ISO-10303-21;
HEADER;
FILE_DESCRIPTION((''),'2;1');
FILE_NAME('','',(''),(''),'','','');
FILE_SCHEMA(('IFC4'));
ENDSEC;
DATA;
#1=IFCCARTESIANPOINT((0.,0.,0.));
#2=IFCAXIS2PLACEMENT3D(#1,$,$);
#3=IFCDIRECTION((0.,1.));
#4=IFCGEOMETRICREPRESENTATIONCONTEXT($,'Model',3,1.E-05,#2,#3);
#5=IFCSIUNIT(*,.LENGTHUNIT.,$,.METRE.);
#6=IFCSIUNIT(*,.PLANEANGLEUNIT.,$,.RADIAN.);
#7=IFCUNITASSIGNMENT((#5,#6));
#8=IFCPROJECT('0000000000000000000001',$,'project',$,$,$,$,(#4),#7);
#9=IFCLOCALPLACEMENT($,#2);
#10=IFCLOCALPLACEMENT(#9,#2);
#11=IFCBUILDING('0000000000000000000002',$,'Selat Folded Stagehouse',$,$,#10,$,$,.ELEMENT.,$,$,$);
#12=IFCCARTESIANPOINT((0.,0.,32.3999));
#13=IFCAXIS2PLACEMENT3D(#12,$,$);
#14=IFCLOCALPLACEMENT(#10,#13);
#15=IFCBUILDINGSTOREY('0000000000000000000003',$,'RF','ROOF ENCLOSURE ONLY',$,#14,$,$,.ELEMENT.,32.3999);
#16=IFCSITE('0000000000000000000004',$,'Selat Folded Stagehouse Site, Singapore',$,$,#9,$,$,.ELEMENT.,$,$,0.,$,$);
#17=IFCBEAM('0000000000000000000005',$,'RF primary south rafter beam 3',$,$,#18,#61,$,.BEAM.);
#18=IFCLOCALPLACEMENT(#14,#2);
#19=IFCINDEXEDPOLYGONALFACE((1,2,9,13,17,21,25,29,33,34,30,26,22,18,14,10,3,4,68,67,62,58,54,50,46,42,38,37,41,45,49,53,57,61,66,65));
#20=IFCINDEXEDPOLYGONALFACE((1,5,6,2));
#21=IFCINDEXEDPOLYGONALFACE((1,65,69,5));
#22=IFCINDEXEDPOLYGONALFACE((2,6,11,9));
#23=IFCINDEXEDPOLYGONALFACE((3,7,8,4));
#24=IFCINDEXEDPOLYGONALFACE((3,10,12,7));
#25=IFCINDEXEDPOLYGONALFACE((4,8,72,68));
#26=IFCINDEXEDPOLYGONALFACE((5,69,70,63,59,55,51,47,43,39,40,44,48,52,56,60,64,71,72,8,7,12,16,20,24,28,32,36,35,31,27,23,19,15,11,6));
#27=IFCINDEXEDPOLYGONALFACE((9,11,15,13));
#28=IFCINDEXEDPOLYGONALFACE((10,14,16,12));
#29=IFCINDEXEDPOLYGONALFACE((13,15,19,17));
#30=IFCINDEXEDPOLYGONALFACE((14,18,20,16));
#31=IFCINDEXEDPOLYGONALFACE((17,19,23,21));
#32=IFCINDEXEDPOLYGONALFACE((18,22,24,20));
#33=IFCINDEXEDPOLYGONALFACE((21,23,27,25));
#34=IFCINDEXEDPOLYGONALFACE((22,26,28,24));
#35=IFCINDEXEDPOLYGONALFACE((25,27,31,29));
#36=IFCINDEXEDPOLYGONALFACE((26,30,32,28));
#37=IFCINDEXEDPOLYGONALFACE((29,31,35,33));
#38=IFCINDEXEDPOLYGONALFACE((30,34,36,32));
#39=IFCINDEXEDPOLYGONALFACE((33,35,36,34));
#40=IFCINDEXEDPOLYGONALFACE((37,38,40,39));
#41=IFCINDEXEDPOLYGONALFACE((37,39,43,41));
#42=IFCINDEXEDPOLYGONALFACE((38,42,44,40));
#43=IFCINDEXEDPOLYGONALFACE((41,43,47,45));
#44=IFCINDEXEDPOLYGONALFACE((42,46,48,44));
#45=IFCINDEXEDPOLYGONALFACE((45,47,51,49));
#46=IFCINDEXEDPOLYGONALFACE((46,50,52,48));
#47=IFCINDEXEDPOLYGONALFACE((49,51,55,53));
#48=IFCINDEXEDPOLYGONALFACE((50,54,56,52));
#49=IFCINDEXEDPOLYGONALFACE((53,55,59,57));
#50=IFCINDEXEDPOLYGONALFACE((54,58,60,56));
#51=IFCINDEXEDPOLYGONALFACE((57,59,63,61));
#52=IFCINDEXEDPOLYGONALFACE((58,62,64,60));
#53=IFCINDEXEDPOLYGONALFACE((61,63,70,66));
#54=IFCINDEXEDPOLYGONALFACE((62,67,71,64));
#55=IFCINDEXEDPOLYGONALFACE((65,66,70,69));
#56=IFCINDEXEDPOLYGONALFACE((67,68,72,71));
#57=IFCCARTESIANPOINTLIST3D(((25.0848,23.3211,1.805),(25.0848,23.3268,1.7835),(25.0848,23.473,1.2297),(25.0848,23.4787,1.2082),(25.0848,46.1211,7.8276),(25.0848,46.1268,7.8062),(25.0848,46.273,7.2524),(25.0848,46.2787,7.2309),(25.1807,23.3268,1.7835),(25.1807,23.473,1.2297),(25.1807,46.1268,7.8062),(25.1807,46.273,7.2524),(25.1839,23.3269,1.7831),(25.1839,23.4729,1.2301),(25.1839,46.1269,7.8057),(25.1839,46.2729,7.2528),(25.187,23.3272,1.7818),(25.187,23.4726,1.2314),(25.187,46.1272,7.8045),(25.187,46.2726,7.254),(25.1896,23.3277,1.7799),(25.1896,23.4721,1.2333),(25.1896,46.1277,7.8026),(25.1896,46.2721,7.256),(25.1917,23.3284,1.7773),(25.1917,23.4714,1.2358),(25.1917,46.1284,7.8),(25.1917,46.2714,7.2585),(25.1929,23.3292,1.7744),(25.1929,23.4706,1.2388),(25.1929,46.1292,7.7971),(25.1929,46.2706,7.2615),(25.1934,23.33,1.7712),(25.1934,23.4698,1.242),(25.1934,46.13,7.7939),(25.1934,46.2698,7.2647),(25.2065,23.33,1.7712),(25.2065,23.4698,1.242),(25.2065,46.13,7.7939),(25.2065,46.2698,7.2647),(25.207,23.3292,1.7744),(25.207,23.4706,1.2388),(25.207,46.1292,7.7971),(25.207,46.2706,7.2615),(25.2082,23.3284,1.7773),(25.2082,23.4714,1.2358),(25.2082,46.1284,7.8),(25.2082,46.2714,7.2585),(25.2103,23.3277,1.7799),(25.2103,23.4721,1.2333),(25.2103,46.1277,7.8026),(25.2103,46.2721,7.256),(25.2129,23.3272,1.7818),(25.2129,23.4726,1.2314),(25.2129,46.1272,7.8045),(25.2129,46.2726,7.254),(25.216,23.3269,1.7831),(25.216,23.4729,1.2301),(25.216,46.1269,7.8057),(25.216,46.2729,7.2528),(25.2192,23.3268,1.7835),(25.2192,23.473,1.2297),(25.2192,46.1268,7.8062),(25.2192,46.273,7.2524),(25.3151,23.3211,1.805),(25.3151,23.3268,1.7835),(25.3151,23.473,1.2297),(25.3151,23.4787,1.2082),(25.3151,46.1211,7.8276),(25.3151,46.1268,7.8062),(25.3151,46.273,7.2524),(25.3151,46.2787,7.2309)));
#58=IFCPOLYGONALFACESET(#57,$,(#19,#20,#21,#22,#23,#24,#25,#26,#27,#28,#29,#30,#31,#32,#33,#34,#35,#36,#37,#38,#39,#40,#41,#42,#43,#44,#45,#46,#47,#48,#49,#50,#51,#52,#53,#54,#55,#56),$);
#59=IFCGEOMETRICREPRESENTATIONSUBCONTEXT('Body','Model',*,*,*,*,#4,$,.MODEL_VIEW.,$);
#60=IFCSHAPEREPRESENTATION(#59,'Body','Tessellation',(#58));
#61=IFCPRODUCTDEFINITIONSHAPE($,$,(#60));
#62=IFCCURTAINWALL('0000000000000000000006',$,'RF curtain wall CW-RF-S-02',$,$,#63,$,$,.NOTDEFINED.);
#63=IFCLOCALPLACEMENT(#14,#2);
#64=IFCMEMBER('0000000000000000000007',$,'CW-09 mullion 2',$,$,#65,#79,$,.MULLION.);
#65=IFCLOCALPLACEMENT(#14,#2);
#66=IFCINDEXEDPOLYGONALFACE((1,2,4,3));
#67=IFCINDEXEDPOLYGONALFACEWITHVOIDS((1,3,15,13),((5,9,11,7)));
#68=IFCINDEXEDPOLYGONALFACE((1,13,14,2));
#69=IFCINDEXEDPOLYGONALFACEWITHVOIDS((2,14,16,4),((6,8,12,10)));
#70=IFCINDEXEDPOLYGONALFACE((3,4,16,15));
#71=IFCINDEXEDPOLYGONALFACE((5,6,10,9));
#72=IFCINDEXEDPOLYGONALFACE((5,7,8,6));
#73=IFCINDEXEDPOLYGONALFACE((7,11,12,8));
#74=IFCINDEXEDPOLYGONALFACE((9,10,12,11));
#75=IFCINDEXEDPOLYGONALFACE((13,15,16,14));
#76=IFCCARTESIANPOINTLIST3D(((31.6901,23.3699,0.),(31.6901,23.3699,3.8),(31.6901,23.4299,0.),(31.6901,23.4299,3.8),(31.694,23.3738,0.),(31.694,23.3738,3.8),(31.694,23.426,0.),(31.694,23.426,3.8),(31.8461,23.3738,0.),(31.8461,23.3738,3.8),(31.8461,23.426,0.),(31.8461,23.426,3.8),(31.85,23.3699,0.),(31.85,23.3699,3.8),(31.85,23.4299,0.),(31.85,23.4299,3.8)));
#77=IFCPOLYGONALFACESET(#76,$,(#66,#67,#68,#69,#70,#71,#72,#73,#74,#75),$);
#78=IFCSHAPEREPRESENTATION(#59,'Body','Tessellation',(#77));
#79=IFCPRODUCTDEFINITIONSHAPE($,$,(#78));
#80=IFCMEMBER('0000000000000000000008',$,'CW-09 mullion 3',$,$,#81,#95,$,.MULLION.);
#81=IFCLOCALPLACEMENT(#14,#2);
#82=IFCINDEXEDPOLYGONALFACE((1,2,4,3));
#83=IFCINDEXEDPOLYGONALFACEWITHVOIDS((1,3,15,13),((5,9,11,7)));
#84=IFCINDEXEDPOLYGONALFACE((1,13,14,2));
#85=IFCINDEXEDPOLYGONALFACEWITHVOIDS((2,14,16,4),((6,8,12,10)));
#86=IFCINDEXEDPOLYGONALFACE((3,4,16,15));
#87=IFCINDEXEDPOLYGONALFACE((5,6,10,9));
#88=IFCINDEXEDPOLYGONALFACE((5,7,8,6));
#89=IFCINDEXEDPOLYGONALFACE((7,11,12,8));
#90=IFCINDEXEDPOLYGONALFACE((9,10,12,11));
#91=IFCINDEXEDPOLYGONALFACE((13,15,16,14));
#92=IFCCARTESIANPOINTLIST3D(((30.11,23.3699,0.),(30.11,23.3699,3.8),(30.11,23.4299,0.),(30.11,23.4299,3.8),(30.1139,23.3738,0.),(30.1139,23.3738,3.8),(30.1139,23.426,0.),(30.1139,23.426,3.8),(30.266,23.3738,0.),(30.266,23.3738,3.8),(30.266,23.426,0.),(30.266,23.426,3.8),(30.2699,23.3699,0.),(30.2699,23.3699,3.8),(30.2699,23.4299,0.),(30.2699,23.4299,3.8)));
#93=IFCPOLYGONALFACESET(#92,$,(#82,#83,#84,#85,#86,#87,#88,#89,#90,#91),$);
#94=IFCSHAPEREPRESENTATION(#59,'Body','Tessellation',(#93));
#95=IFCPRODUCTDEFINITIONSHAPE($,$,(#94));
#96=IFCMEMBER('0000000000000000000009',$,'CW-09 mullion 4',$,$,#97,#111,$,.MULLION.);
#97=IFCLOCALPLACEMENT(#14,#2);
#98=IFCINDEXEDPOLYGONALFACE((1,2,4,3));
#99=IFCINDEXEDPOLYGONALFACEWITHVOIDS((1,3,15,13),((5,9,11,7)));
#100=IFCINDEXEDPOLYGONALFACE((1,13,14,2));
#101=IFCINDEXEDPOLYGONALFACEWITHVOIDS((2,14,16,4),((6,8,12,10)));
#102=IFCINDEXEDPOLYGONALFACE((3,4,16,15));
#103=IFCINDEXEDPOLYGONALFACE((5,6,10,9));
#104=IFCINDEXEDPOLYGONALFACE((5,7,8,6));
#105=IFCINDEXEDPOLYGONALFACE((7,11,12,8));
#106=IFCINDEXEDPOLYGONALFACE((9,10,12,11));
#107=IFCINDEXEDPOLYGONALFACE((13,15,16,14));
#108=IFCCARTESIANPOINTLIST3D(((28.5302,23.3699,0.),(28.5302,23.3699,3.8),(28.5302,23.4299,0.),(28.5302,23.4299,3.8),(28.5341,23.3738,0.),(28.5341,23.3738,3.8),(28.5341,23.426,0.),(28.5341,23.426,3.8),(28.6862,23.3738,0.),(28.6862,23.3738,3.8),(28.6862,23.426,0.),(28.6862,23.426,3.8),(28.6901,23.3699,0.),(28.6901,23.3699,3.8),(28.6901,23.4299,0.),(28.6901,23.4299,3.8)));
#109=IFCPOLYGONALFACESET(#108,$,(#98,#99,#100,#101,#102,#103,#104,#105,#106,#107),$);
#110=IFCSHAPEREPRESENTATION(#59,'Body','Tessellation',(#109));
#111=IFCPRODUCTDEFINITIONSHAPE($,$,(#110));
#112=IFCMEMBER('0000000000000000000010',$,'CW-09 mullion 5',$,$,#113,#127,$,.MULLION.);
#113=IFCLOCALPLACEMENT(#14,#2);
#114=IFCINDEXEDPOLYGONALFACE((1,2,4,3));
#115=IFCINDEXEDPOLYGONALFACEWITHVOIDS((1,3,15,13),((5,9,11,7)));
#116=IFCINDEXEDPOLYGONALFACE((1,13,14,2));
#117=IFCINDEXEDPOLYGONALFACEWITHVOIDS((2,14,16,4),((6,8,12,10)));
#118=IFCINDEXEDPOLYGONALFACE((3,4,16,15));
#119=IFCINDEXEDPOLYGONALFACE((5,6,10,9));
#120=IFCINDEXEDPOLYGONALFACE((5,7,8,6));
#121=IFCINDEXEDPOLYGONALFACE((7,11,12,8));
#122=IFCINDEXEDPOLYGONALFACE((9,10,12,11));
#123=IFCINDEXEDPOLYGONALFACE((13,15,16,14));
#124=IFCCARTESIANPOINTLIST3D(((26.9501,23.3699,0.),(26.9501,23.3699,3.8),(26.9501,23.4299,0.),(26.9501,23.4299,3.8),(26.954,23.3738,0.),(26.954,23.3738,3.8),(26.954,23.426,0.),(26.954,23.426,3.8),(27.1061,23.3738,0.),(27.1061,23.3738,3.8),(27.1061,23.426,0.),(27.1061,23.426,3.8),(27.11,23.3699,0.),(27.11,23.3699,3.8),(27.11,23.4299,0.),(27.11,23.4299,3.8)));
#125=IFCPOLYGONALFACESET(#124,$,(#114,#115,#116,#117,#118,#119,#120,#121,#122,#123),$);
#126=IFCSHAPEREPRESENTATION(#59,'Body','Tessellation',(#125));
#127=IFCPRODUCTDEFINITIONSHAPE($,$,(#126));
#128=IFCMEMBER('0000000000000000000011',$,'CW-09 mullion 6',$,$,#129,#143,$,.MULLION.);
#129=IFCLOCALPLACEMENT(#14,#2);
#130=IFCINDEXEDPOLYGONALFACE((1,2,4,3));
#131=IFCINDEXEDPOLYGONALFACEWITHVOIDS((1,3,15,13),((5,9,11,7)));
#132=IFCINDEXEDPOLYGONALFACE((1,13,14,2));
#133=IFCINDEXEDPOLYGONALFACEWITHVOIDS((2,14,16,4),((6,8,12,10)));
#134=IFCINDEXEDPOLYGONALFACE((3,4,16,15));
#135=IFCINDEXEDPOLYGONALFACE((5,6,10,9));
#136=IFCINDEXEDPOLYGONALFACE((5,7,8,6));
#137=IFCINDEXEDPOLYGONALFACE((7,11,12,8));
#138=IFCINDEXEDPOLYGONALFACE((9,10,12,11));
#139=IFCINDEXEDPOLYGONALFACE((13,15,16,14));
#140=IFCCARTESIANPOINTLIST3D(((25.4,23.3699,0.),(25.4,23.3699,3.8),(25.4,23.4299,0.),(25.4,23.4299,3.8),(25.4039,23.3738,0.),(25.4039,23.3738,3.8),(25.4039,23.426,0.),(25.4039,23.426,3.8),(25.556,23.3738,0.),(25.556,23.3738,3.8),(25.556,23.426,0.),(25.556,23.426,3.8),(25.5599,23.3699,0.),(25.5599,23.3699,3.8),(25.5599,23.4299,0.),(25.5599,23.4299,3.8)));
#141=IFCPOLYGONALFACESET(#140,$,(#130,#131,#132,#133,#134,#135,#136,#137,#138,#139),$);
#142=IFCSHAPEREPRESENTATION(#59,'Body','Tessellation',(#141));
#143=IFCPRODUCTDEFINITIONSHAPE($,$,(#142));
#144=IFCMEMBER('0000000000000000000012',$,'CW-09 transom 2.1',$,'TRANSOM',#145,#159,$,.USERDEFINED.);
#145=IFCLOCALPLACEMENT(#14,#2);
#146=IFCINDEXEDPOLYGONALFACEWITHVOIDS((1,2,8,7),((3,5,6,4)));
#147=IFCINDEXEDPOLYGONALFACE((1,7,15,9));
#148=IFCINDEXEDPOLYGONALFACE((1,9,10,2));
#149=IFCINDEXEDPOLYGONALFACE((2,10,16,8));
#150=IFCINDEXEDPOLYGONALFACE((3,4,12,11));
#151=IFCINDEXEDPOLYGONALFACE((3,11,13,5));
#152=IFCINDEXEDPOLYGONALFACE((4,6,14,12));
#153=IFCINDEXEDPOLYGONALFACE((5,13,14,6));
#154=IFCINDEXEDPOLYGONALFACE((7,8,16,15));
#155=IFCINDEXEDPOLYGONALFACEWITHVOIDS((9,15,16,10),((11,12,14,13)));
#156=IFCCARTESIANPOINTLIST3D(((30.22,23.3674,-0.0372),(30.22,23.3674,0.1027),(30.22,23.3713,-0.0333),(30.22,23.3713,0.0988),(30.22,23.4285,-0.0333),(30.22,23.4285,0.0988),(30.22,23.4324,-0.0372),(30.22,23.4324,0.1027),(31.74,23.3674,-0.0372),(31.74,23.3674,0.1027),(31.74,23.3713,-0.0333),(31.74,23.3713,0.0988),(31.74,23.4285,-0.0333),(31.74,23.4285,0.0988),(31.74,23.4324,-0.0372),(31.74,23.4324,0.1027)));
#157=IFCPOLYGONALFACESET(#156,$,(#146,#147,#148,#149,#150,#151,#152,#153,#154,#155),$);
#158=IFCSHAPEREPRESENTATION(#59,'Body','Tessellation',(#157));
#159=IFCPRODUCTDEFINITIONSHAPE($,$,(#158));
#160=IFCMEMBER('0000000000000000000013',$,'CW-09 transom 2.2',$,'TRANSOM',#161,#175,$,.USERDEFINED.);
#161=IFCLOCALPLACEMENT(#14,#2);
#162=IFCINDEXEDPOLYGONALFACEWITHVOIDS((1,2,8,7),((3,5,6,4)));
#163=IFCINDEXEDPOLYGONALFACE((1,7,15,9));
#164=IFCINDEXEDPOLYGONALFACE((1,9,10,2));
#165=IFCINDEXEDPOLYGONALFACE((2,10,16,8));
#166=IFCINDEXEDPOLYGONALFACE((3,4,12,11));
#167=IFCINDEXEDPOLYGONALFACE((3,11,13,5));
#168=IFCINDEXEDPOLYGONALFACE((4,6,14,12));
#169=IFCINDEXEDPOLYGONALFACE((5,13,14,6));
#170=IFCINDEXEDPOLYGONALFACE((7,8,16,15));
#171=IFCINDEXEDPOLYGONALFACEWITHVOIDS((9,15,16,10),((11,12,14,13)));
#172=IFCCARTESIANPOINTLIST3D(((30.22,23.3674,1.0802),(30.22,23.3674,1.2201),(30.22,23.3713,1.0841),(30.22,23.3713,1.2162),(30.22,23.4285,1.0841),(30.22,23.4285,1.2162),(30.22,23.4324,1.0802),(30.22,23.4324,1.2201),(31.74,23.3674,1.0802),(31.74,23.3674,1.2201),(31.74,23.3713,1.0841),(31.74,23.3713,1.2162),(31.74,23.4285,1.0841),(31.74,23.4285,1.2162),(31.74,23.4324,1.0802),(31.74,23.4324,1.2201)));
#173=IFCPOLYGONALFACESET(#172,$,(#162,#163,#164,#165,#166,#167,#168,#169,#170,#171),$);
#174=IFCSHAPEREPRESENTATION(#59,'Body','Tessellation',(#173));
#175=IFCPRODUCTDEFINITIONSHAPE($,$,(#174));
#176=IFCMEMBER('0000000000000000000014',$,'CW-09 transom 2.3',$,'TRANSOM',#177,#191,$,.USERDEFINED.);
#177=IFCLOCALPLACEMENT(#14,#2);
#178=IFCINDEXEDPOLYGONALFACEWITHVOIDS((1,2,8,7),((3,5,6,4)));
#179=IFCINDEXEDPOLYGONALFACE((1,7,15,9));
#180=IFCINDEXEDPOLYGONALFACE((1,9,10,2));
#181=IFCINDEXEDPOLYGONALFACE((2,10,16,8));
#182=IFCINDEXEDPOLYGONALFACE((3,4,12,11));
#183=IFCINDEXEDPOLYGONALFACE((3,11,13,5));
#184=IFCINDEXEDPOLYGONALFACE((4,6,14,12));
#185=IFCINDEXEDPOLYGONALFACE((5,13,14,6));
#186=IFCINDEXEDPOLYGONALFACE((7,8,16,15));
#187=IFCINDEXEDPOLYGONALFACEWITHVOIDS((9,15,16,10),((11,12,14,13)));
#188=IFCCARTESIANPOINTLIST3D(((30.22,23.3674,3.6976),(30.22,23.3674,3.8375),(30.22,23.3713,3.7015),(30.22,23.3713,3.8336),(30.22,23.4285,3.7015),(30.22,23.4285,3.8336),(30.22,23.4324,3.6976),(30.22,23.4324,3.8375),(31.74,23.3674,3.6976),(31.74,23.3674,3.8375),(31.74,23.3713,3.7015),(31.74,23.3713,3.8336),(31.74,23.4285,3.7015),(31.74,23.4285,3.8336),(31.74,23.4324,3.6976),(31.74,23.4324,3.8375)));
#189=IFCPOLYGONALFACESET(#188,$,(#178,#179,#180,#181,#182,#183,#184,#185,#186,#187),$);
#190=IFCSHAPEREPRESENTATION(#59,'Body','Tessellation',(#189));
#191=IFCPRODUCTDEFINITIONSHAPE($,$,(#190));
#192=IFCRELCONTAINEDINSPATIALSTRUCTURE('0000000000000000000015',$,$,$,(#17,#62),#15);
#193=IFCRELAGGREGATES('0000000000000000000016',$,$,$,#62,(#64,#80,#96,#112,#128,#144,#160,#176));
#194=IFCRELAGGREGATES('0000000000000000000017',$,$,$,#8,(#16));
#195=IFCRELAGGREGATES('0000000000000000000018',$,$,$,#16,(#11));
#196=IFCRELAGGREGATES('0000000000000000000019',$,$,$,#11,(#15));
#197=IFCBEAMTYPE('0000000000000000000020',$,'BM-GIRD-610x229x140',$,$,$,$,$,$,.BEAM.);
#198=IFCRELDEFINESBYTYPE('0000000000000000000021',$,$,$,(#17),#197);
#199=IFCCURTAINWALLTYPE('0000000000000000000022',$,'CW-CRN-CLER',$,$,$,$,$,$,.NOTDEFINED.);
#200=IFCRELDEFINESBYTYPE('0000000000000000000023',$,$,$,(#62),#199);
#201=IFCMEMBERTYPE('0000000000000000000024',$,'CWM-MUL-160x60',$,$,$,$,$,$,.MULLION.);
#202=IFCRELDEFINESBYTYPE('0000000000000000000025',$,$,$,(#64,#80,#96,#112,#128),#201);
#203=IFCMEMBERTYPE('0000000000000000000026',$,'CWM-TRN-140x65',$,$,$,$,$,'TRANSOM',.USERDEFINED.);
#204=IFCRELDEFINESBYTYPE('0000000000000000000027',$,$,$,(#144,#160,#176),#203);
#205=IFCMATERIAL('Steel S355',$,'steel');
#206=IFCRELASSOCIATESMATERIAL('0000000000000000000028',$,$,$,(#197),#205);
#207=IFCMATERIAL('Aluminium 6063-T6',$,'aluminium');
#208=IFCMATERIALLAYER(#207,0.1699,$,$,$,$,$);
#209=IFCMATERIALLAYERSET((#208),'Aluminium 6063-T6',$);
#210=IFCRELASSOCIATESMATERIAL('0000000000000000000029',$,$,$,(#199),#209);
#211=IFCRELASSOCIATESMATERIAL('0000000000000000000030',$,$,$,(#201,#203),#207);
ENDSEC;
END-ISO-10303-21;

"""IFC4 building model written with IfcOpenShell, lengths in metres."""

from ifc_helpers import new_model, si_unit, direction, frame, origin, origin_2d, place, context, subcontext, project, spatial, hollow_rectangle, i_section, extrude, material, layer, layer_set, material_profile, profile_set, type_object, element, aggregate, save


model = new_model("IFC4")

# Units and contexts
model_context = context("Model", 3, precision=1e-05, world=origin(), true_north=direction((0.0, 1.0)))
body_context = subcontext(model_context, "Body", "Model", "MODEL_VIEW")
ifc_project = project(units=[si_unit("LENGTHUNIT", "METRE"), si_unit("PLANEANGLEUNIT", "RADIAN")], contexts=[model_context])

# Site, building, storey
site_placement = place(None, origin())
site = spatial("IfcSite", under=ifc_project, at=site_placement, Name="Selat Folded Stagehouse Site, Singapore", CompositionType="ELEMENT", RefElevation=0.0)
building_placement = place(site_placement, origin())
building = spatial("IfcBuilding", under=site, at=building_placement, Name="Selat Folded Stagehouse", CompositionType="ELEMENT")
storey_placement = place(building_placement, frame((0.0, 0.0, 32.3999)))
storey = spatial("IfcBuildingStorey", under=building, at=storey_placement, Name="RF", Description="ROOF ENCLOSURE ONLY", CompositionType="ELEMENT", Elevation=32.3999)

# Shared definitions
ifc_material_1 = material(Name="Steel S355", Category="steel")

# Beam
ifc_material_profile_1 = material_profile(ifc_material_1, i_section(OverallWidth=0.2302, OverallDepth=0.6172, WebThickness=0.0132, FlangeThickness=0.0222, FilletRadius=0.0127, at=origin_2d()), Name="UKB 610x229x140")
ifc_profile_set_1 = profile_set([ifc_material_profile_1], Name="Steel S355")
beam_type_1 = type_object("IfcBeamType", Name="BM-GIRD-610x229x140", PredefinedType="BEAM", material=ifc_profile_set_1)
beam_1_placement = place(storey_placement, frame((25.2, 23.3999, 1.5066), z_axis=(0.0, 0.966837, 0.255393), x_axis=(-1.0, 0.0, 0.0)))
element("IfcBeam", 1, at=beam_1_placement, inside=storey, type_object=beam_type_1, Name="RF primary south rafter beam 3", PredefinedType="BEAM", context=body_context, shape_type="SweptSolid", body=[
    extrude(i_section(OverallWidth=0.2302, OverallDepth=0.6172, WebThickness=0.0132, FlangeThickness=0.0222, FilletRadius=0.0127, at=origin_2d()), origin(), (0.0, 0.0, 1.0), 23.582),
])

# Curtain wall, members
ifc_material_2 = material(Name="Aluminium 6063-T6", Category="aluminium")
ifc_layer_1 = layer(ifc_material_2, 0.1699)
ifc_layer_set_1 = layer_set([ifc_layer_1], Name="Aluminium 6063-T6")
curtain_wall_type = type_object("IfcCurtainWallType", Name="CW-CRN-CLER", PredefinedType="NOTDEFINED", material=ifc_layer_set_1)
curtain_wall_placement = place(storey_placement, origin())
curtain_wall = element("IfcCurtainWall", 2, at=curtain_wall_placement, inside=storey, type_object=curtain_wall_type, Name="RF curtain wall CW-RF-S-02", PredefinedType="NOTDEFINED")
ifc_material_profile_2 = material_profile(ifc_material_2, hollow_rectangle(XDim=0.0601, YDim=0.1599, WallThickness=0.0039, at=origin_2d()), Name="ALU 160x60x4.0")
ifc_profile_set_2 = profile_set([ifc_material_profile_2], Name="Aluminium 6063-T6")
member_type_1 = type_object("IfcMemberType", Name="CWM-MUL-160x60", PredefinedType="MULLION", material=ifc_profile_set_2)
member_1_placement = place(storey_placement, frame((31.77, 23.3999, 0.0), z_axis=(0.0, 0.0, 1.0), x_axis=(0.0, -1.0, 0.0)))
member_1 = element("IfcMember", 3, at=member_1_placement, type_object=member_type_1, Name="CW-09 mullion 2", PredefinedType="MULLION", context=body_context, shape_type="SweptSolid", body=[
    extrude(hollow_rectangle(XDim=0.0601, YDim=0.1599, WallThickness=0.0039, at=origin_2d()), origin(), (0.0, 0.0, 1.0), 3.8),
])
member_2_placement = place(storey_placement, frame((30.1899, 23.3999, 0.0), z_axis=(0.0, 0.0, 1.0), x_axis=(0.0, -1.0, 0.0)))
member_2 = element("IfcMember", 4, at=member_2_placement, type_object=member_type_1, Name="CW-09 mullion 3", PredefinedType="MULLION", context=body_context, shape_type="SweptSolid", body=[
    extrude(hollow_rectangle(XDim=0.0601, YDim=0.1599, WallThickness=0.0039, at=origin_2d()), origin(), (0.0, 0.0, 1.0), 3.8),
])
member_3_placement = place(storey_placement, frame((28.6101, 23.3999, 0.0), z_axis=(0.0, 0.0, 1.0), x_axis=(0.0, -1.0, 0.0)))
member_3 = element("IfcMember", 5, at=member_3_placement, type_object=member_type_1, Name="CW-09 mullion 4", PredefinedType="MULLION", context=body_context, shape_type="SweptSolid", body=[
    extrude(hollow_rectangle(XDim=0.0601, YDim=0.1599, WallThickness=0.0039, at=origin_2d()), origin(), (0.0, 0.0, 1.0), 3.8),
])
member_4_placement = place(storey_placement, frame((27.03, 23.3999, 0.0), z_axis=(0.0, 0.0, 1.0), x_axis=(0.0, -1.0, 0.0)))
member_4 = element("IfcMember", 6, at=member_4_placement, type_object=member_type_1, Name="CW-09 mullion 5", PredefinedType="MULLION", context=body_context, shape_type="SweptSolid", body=[
    extrude(hollow_rectangle(XDim=0.0601, YDim=0.1599, WallThickness=0.0039, at=origin_2d()), origin(), (0.0, 0.0, 1.0), 3.8),
])
member_5_placement = place(storey_placement, frame((25.48, 23.3999, 0.0), z_axis=(0.0, 0.0, 1.0), x_axis=(0.0, -1.0, 0.0)))
member_5 = element("IfcMember", 7, at=member_5_placement, type_object=member_type_1, Name="CW-09 mullion 6", PredefinedType="MULLION", context=body_context, shape_type="SweptSolid", body=[
    extrude(hollow_rectangle(XDim=0.0601, YDim=0.1599, WallThickness=0.0039, at=origin_2d()), origin(), (0.0, 0.0, 1.0), 3.8),
])
ifc_material_profile_3 = material_profile(ifc_material_2, hollow_rectangle(XDim=0.0649, YDim=0.1399, WallThickness=0.0039, at=origin_2d()), Name="ALU 140x65x4.0")
ifc_profile_set_3 = profile_set([ifc_material_profile_3], Name="Aluminium 6063-T6")
member_type_2 = type_object("IfcMemberType", Name="CWM-TRN-140x65", ElementType="TRANSOM", PredefinedType="USERDEFINED", material=ifc_profile_set_3)
member_6_placement = place(storey_placement, frame((31.74, 23.3999, 0.0327), z_axis=(-1.0, 0.0, 0.0), x_axis=(0.0, -1.0, 0.0)))
member_6 = element("IfcMember", 8, at=member_6_placement, type_object=member_type_2, Name="CW-09 transom 2.1", ObjectType="TRANSOM", PredefinedType="USERDEFINED", context=body_context, shape_type="SweptSolid", body=[
    extrude(hollow_rectangle(XDim=0.0649, YDim=0.1399, WallThickness=0.0039, at=origin_2d()), origin(), (0.0, 0.0, 1.0), 1.52),
])
member_7_placement = place(storey_placement, frame((31.74, 23.3999, 1.1501), z_axis=(-1.0, 0.0, 0.0), x_axis=(0.0, -1.0, 0.0)))
member_7 = element("IfcMember", 9, at=member_7_placement, type_object=member_type_2, Name="CW-09 transom 2.2", ObjectType="TRANSOM", PredefinedType="USERDEFINED", context=body_context, shape_type="SweptSolid", body=[
    extrude(hollow_rectangle(XDim=0.0649, YDim=0.1399, WallThickness=0.0039, at=origin_2d()), origin(), (0.0, 0.0, 1.0), 1.52),
])
member_8_placement = place(storey_placement, frame((31.74, 23.3999, 3.7676), z_axis=(-1.0, 0.0, 0.0), x_axis=(0.0, -1.0, 0.0)))
member_8 = element("IfcMember", 10, at=member_8_placement, type_object=member_type_2, Name="CW-09 transom 2.3", ObjectType="TRANSOM", PredefinedType="USERDEFINED", context=body_context, shape_type="SweptSolid", body=[
    extrude(hollow_rectangle(XDim=0.0649, YDim=0.1399, WallThickness=0.0039, at=origin_2d()), origin(), (0.0, 0.0, 1.0), 1.52),
])

aggregate(curtain_wall, [member_1, member_2, member_3, member_4, member_5, member_6, member_7, member_8])

save(model, "model.ifc")
